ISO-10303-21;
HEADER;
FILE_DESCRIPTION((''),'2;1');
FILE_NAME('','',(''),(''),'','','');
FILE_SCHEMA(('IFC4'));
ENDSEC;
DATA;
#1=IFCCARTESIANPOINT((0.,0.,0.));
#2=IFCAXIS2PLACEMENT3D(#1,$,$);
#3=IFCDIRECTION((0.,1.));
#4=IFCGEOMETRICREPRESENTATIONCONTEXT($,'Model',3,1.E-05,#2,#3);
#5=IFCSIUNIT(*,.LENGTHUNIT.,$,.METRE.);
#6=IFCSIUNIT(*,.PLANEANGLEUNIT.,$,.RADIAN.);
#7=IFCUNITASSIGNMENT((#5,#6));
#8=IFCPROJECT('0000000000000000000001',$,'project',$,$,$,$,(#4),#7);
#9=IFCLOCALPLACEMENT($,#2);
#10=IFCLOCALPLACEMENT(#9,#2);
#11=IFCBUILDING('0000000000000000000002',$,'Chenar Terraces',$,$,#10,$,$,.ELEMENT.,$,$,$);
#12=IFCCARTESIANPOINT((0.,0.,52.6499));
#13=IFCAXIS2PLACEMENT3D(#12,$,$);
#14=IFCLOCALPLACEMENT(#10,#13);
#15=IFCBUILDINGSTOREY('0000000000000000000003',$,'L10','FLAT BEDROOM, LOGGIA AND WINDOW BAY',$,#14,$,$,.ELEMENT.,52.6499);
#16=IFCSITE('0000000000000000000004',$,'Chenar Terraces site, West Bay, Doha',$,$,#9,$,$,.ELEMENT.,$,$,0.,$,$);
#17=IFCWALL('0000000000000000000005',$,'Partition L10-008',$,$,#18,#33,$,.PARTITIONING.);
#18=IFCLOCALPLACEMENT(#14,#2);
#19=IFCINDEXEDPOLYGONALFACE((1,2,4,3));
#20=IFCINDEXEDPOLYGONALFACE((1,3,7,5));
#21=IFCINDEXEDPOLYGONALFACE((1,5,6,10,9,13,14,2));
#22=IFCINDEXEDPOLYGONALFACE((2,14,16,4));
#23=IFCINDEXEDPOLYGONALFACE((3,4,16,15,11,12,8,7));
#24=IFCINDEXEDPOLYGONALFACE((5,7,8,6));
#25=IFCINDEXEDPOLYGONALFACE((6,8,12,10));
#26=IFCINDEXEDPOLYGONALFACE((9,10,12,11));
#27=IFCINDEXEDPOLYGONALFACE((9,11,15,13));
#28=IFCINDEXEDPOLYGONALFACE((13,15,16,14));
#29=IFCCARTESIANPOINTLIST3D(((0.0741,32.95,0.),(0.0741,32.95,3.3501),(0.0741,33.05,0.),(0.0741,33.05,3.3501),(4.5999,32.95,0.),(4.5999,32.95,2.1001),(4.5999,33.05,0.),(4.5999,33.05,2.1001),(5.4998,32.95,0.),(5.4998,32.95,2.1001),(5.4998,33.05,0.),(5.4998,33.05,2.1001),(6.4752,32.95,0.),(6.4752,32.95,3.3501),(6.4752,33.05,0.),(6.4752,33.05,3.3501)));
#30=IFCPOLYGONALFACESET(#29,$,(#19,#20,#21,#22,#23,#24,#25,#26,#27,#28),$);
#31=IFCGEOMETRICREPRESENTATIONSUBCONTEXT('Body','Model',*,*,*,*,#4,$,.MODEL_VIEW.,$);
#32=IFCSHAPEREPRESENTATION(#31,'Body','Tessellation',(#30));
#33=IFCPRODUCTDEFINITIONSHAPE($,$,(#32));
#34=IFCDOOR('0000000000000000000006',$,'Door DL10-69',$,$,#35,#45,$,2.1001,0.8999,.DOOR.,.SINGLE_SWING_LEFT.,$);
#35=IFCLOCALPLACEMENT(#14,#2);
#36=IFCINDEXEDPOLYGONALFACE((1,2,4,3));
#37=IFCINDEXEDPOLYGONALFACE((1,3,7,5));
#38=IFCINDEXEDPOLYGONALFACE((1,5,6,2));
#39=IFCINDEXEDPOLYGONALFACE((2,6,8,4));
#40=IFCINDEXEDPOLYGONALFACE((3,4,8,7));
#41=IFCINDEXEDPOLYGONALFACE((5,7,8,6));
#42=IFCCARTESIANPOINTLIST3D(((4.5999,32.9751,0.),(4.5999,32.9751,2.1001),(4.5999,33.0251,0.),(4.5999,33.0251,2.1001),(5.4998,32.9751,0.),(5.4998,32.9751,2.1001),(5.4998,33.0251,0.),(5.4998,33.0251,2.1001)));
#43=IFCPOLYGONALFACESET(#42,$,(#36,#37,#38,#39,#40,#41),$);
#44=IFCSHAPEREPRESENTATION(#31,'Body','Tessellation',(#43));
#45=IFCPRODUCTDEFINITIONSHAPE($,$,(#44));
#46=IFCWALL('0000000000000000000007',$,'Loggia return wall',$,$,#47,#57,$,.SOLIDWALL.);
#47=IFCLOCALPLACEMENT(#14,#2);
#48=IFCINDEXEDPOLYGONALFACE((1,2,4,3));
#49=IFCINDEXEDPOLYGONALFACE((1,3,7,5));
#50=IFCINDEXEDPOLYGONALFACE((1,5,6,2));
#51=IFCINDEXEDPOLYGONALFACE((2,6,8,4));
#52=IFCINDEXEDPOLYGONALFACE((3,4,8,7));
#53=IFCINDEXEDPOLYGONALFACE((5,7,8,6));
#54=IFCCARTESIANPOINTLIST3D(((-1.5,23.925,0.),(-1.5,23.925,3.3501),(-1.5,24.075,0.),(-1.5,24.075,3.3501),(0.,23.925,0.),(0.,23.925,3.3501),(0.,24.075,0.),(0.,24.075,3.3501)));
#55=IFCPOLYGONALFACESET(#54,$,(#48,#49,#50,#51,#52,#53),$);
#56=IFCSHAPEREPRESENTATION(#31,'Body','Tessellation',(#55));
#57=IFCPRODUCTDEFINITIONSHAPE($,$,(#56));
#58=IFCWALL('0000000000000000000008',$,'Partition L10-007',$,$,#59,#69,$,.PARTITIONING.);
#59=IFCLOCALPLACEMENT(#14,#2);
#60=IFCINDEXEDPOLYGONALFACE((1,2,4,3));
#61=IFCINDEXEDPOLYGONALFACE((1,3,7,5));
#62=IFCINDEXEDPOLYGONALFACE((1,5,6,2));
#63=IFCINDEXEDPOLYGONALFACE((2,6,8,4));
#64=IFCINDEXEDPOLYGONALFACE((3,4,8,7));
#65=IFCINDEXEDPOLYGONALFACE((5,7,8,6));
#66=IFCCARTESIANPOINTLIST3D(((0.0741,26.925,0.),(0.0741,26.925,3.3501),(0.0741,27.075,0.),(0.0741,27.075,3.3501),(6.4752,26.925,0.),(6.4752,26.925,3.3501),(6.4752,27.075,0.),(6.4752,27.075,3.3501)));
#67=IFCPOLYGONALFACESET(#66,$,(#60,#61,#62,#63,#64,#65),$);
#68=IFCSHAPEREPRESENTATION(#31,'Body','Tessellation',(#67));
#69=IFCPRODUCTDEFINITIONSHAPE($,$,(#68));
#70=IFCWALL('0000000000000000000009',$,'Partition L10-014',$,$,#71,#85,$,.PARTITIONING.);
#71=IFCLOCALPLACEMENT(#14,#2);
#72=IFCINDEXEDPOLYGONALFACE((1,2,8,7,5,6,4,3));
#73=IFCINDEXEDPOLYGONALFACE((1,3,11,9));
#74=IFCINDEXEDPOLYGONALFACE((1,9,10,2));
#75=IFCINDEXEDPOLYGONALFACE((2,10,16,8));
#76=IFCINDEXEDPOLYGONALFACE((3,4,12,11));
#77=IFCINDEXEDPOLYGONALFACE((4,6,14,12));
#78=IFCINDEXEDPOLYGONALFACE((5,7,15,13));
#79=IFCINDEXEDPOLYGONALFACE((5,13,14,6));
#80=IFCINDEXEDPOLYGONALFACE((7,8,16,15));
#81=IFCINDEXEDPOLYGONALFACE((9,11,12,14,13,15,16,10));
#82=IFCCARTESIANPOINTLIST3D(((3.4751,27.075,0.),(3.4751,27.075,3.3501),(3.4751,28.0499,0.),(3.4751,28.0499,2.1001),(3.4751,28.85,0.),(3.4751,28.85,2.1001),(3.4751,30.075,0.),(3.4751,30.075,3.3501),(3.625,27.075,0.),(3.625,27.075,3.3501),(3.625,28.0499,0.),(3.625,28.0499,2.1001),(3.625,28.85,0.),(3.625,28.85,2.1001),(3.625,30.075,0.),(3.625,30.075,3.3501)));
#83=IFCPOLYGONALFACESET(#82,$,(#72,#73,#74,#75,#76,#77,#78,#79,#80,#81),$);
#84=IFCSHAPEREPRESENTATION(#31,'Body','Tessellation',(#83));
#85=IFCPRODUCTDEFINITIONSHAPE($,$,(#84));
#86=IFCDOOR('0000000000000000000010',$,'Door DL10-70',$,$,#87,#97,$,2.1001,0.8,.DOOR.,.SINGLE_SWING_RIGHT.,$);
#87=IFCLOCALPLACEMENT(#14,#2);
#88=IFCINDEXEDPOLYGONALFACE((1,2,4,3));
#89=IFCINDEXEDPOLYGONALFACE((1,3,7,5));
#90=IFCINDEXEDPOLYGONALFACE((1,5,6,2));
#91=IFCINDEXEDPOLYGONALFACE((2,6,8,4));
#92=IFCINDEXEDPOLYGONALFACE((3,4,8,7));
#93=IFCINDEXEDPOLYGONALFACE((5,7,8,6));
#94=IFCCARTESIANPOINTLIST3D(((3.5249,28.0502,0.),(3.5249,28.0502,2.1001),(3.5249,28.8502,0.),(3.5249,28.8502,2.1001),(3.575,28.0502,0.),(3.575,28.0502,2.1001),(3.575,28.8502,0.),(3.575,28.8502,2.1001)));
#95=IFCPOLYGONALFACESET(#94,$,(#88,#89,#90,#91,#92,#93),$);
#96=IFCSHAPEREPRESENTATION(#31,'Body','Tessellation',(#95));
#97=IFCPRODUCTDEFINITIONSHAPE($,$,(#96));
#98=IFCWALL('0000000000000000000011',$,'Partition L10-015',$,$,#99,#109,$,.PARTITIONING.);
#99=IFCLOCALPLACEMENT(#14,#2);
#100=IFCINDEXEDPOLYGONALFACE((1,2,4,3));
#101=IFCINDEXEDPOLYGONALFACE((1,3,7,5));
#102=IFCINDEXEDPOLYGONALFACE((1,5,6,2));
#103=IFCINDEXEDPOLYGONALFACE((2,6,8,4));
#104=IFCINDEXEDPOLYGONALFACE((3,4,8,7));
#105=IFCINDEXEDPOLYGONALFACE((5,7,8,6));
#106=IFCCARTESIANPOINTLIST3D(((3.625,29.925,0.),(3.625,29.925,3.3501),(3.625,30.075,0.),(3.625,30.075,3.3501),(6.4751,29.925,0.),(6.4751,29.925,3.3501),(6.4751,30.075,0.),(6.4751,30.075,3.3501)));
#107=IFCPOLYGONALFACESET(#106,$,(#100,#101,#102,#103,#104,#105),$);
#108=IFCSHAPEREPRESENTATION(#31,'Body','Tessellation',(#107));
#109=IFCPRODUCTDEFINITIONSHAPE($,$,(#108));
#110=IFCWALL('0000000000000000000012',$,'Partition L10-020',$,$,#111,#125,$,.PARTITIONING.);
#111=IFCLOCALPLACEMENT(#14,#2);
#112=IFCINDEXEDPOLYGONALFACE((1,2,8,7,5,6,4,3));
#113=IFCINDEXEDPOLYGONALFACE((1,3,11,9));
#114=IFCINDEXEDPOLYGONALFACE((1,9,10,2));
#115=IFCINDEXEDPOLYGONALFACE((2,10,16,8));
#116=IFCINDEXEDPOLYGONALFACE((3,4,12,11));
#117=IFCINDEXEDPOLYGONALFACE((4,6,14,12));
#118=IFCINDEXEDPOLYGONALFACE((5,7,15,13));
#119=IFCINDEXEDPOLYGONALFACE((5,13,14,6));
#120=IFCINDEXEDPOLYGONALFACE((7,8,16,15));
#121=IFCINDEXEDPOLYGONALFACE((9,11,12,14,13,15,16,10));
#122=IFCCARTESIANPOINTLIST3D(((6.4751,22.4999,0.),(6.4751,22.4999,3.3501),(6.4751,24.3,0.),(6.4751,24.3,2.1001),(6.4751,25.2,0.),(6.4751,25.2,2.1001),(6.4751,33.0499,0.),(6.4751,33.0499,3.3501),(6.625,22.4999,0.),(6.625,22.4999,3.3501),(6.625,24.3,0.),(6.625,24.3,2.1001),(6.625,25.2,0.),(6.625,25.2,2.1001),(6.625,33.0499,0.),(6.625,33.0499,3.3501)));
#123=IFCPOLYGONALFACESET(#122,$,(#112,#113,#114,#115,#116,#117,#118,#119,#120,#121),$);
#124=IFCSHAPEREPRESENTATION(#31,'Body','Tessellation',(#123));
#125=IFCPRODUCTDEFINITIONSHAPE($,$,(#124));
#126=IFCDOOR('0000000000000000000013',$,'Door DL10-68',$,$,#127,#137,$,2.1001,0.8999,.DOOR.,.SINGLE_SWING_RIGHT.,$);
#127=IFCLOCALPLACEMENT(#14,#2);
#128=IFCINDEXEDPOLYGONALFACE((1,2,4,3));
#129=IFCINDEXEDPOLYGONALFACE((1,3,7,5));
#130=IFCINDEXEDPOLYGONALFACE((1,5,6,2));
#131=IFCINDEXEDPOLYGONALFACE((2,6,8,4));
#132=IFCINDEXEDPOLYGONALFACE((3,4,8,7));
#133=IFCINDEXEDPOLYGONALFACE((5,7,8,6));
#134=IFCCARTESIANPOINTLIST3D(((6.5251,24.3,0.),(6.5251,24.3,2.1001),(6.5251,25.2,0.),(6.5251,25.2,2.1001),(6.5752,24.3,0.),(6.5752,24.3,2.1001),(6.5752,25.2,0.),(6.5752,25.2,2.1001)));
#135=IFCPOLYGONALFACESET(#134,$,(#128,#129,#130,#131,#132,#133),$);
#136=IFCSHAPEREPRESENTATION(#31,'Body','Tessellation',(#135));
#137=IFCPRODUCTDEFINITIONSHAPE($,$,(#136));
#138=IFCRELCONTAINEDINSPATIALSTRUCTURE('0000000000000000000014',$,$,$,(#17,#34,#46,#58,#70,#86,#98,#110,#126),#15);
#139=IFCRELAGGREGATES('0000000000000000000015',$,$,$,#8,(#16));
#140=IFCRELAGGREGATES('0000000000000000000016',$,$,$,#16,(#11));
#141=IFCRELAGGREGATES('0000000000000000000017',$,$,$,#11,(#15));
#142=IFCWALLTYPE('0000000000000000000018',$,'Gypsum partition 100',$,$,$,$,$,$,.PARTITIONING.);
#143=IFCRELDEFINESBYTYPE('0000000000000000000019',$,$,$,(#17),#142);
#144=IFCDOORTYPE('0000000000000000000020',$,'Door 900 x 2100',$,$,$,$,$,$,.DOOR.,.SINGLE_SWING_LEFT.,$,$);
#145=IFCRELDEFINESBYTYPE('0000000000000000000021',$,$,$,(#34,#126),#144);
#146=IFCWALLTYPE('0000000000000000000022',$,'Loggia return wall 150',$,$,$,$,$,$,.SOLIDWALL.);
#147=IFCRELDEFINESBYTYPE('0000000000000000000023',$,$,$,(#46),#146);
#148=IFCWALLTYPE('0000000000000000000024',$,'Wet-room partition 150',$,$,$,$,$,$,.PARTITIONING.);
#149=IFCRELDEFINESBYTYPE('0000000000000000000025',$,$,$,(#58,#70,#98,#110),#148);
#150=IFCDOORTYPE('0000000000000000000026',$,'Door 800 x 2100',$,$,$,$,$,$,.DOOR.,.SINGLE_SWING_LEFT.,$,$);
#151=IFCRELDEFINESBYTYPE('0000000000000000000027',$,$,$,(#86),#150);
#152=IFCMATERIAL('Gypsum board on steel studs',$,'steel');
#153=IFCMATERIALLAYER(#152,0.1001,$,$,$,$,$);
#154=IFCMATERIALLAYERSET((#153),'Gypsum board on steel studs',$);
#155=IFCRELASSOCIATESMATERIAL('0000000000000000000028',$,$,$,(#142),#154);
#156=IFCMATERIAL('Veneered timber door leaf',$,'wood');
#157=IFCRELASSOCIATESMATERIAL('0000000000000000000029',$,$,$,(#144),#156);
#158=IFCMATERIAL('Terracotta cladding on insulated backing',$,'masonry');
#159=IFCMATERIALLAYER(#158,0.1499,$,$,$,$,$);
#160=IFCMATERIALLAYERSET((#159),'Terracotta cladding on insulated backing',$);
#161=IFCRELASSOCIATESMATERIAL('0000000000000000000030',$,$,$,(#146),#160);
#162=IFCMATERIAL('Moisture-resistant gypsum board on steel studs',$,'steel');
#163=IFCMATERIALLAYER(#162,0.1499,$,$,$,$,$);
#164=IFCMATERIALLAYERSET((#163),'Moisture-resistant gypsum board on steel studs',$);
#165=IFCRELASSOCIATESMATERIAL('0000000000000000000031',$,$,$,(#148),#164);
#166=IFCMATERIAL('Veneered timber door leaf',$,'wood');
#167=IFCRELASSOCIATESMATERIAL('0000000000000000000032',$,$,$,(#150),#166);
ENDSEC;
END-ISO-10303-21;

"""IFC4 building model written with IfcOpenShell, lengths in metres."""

from ifc_helpers import new_model, si_unit, direction, frame, frame_2d, origin, place, context, subcontext, project, spatial, rectangle, extrude, material, layer, layer_set, type_object, element, fill, save


model = new_model("IFC4")

# Units and contexts
model_context = context("Model", 3, precision=1e-05, world=origin(), true_north=direction((0.0, 1.0)))
body_context = subcontext(model_context, "Body", "Model", "MODEL_VIEW")
ifc_project = project(units=[si_unit("LENGTHUNIT", "METRE"), si_unit("PLANEANGLEUNIT", "RADIAN")], contexts=[model_context])

# Site, building, storey
site_placement = place(None, origin())
site = spatial("IfcSite", under=ifc_project, at=site_placement, Name="Chenar Terraces site, West Bay, Doha", CompositionType="ELEMENT", RefElevation=0.0)
building_placement = place(site_placement, origin())
building = spatial("IfcBuilding", under=site, at=building_placement, Name="Chenar Terraces", CompositionType="ELEMENT")
storey_placement = place(building_placement, frame((0.0, 0.0, 52.6499)))
storey = spatial("IfcBuildingStorey", under=building, at=storey_placement, Name="L10", Description="FLAT BEDROOM, LOGGIA AND WINDOW BAY", CompositionType="ELEMENT", Elevation=52.6499)

# Wall, opening, door
ifc_material_1 = material(Name="Gypsum board on steel studs", Category="steel")
ifc_layer_1 = layer(ifc_material_1, 0.1001)
ifc_layer_set_1 = layer_set([ifc_layer_1], Name="Gypsum board on steel studs")
wall_type_1 = type_object("IfcWallType", Name="Gypsum partition 100", PredefinedType="PARTITIONING", material=ifc_layer_set_1)
wall_1_placement = place(storey_placement, frame((0.074, 33.0, 0.0), z_axis=(0.0, 0.0, 1.0), x_axis=(1.0, 0.0, 0.0)))
wall_1 = element("IfcWall", 1, at=wall_1_placement, inside=storey, type_object=wall_type_1, Name="Partition L10-008", PredefinedType="PARTITIONING", context=body_context, shape_type="SweptSolid", body=[
    extrude(rectangle(XDim=6.4011, YDim=0.1001, at=frame_2d((3.2007, 0.0))), origin(), (0.0, 0.0, 1.0), 3.3501),
])
opening_1_placement = place(wall_1_placement, frame((4.5259, 0.0, 0.0)))
opening_1 = element("IfcOpeningElement", 2, at=opening_1_placement, cuts=wall_1, PredefinedType="OPENING", context=body_context, shape_type="SweptSolid", body=[
    extrude(rectangle(XDim=0.8999, YDim=2.1001, at=frame_2d((0.45, 1.05))), frame((0.0, 0.0601, 0.0), z_axis=(0.0, -1.0, 0.0), x_axis=(1.0, 0.0, 0.0)), (0.0, 0.0, 1.0), 0.1201),
])
ifc_material_2 = material(Name="Veneered timber door leaf", Category="wood")
door_type_1 = type_object("IfcDoorType", Name="Door 900 x 2100", OperationType="SINGLE_SWING_LEFT", PredefinedType="DOOR", material=ifc_material_2)
door_1_placement = place(opening_1_placement, frame((0.8999, 0.0, 0.0), z_axis=(0.0, 0.0, 1.0), x_axis=(-1.0, 0.0, 0.0)))
door_1 = element("IfcDoor", 3, at=door_1_placement, inside=storey, type_object=door_type_1, Name="Door DL10-69", OperationType="SINGLE_SWING_LEFT", OverallHeight=2.1001, OverallWidth=0.8999, PredefinedType="DOOR", context=body_context, shape_type="SweptSolid", body=[
    extrude(rectangle(XDim=0.8999, YDim=2.1001, at=frame_2d((0.45, 1.05))), frame((0.0, 0.0249, 0.0), z_axis=(0.0, -1.0, 0.0), x_axis=(1.0, 0.0, 0.0)), (0.0, 0.0, 1.0), 0.05),
])
fill(opening_1, door_1)

# Walls
ifc_material_3 = material(Name="Terracotta cladding on insulated backing", Category="masonry")
ifc_layer_2 = layer(ifc_material_3, 0.1499)
ifc_layer_set_2 = layer_set([ifc_layer_2], Name="Terracotta cladding on insulated backing")
wall_type_2 = type_object("IfcWallType", Name="Loggia return wall 150", PredefinedType="SOLIDWALL", material=ifc_layer_set_2)
wall_2_placement = place(storey_placement, frame((-1.5, 24.0, 0.0), z_axis=(0.0, 0.0, 1.0), x_axis=(1.0, 0.0, 0.0)))
element("IfcWall", 4, at=wall_2_placement, inside=storey, type_object=wall_type_2, Name="Loggia return wall", PredefinedType="SOLIDWALL", context=body_context, shape_type="SweptSolid", body=[
    extrude(rectangle(XDim=1.5, YDim=0.1499, at=frame_2d((0.75, 0.0))), origin(), (0.0, 0.0, 1.0), 3.3501),
])
ifc_material_4 = material(Name="Moisture-resistant gypsum board on steel studs", Category="steel")
ifc_layer_3 = layer(ifc_material_4, 0.1499)
ifc_layer_set_3 = layer_set([ifc_layer_3], Name="Moisture-resistant gypsum board on steel studs")
wall_type_3 = type_object("IfcWallType", Name="Wet-room partition 150", PredefinedType="PARTITIONING", material=ifc_layer_set_3)
wall_3_placement = place(storey_placement, frame((0.074, 27.0, 0.0), z_axis=(0.0, 0.0, 1.0), x_axis=(1.0, 0.0, 0.0)))
element("IfcWall", 5, at=wall_3_placement, inside=storey, type_object=wall_type_3, Name="Partition L10-007", PredefinedType="PARTITIONING", context=body_context, shape_type="SweptSolid", body=[
    extrude(rectangle(XDim=6.4011, YDim=0.1499, at=frame_2d((3.2007, 0.0))), origin(), (0.0, 0.0, 1.0), 3.3501),
])

# Wall, opening, door
wall_4_placement = place(storey_placement, frame((3.55, 27.075, 0.0), z_axis=(0.0, 0.0, 1.0), x_axis=(0.0, 1.0, 0.0)))
wall_4 = element("IfcWall", 6, at=wall_4_placement, inside=storey, type_object=wall_type_3, Name="Partition L10-014", PredefinedType="PARTITIONING", context=body_context, shape_type="SweptSolid", body=[
    extrude(rectangle(XDim=3.0, YDim=0.1499, at=frame_2d((1.5, 0.0))), origin(), (0.0, 0.0, 1.0), 3.3501),
])
opening_2_placement = place(wall_4_placement, frame((0.9751, 0.0, 0.0)))
opening_2 = element("IfcOpeningElement", 7, at=opening_2_placement, cuts=wall_4, PredefinedType="OPENING", context=body_context, shape_type="SweptSolid", body=[
    extrude(rectangle(XDim=0.8, YDim=2.1001, at=frame_2d((0.3999, 1.05))), frame((0.0, 0.085, 0.0), z_axis=(0.0, -1.0, 0.0), x_axis=(1.0, 0.0, 0.0)), (0.0, 0.0, 1.0), 0.1699),
])
ifc_material_5 = material(Name="Veneered timber door leaf", Category="wood")
door_type_2 = type_object("IfcDoorType", Name="Door 800 x 2100", OperationType="SINGLE_SWING_LEFT", PredefinedType="DOOR", material=ifc_material_5)
door_2_placement = place(opening_2_placement, frame((0.8, 0.0, 0.0), z_axis=(0.0, 0.0, 1.0), x_axis=(-1.0, 0.0, 0.0)))
door_2 = element("IfcDoor", 8, at=door_2_placement, inside=storey, type_object=door_type_2, Name="Door DL10-70", OperationType="SINGLE_SWING_RIGHT", OverallHeight=2.1001, OverallWidth=0.8, PredefinedType="DOOR", context=body_context, shape_type="SweptSolid", body=[
    extrude(rectangle(XDim=0.8, YDim=2.1001, at=frame_2d((0.3999, 1.05))), frame((0.0, 0.0249, 0.0), z_axis=(0.0, -1.0, 0.0), x_axis=(1.0, 0.0, 0.0)), (0.0, 0.0, 1.0), 0.05),
])
fill(opening_2, door_2)

# Wall
wall_5_placement = place(storey_placement, frame((3.625, 30.0, 0.0), z_axis=(0.0, 0.0, 1.0), x_axis=(1.0, 0.0, 0.0)))
element("IfcWall", 9, at=wall_5_placement, inside=storey, type_object=wall_type_3, Name="Partition L10-015", PredefinedType="PARTITIONING", context=body_context, shape_type="SweptSolid", body=[
    extrude(rectangle(XDim=2.8501, YDim=0.1499, at=frame_2d((1.425, 0.0))), origin(), (0.0, 0.0, 1.0), 3.3501),
])

# Wall, opening, door
wall_6_placement = place(storey_placement, frame((6.55, 22.5, 0.0), z_axis=(0.0, 0.0, 1.0), x_axis=(0.0, 1.0, 0.0)))
wall_6 = element("IfcWall", 10, at=wall_6_placement, inside=storey, type_object=wall_type_3, Name="Partition L10-020", PredefinedType="PARTITIONING", context=body_context, shape_type="SweptSolid", body=[
    extrude(rectangle(XDim=10.55, YDim=0.1499, at=frame_2d((5.2749, 0.0))), origin(), (0.0, 0.0, 1.0), 3.3501),
])
opening_3_placement = place(wall_6_placement, frame((1.8, 0.0, 0.0)))
opening_3 = element("IfcOpeningElement", 11, at=opening_3_placement, cuts=wall_6, PredefinedType="OPENING", context=body_context, shape_type="SweptSolid", body=[
    extrude(rectangle(XDim=0.8999, YDim=2.1001, at=frame_2d((0.45, 1.05))), frame((0.0, 0.085, 0.0), z_axis=(0.0, -1.0, 0.0), x_axis=(1.0, 0.0, 0.0)), (0.0, 0.0, 1.0), 0.1699),
])
door_3_placement = place(opening_3_placement, origin())
door_3 = element("IfcDoor", 12, at=door_3_placement, inside=storey, type_object=door_type_1, Name="Door DL10-68", OperationType="SINGLE_SWING_RIGHT", OverallHeight=2.1001, OverallWidth=0.8999, PredefinedType="DOOR", context=body_context, shape_type="SweptSolid", body=[
    extrude(rectangle(XDim=0.8999, YDim=2.1001, at=frame_2d((0.45, 1.05))), frame((0.0, 0.0249, 0.0), z_axis=(0.0, -1.0, 0.0), x_axis=(1.0, 0.0, 0.0)), (0.0, 0.0, 1.0), 0.05),
])
fill(opening_3, door_3)

save(model, "model.ifc")
